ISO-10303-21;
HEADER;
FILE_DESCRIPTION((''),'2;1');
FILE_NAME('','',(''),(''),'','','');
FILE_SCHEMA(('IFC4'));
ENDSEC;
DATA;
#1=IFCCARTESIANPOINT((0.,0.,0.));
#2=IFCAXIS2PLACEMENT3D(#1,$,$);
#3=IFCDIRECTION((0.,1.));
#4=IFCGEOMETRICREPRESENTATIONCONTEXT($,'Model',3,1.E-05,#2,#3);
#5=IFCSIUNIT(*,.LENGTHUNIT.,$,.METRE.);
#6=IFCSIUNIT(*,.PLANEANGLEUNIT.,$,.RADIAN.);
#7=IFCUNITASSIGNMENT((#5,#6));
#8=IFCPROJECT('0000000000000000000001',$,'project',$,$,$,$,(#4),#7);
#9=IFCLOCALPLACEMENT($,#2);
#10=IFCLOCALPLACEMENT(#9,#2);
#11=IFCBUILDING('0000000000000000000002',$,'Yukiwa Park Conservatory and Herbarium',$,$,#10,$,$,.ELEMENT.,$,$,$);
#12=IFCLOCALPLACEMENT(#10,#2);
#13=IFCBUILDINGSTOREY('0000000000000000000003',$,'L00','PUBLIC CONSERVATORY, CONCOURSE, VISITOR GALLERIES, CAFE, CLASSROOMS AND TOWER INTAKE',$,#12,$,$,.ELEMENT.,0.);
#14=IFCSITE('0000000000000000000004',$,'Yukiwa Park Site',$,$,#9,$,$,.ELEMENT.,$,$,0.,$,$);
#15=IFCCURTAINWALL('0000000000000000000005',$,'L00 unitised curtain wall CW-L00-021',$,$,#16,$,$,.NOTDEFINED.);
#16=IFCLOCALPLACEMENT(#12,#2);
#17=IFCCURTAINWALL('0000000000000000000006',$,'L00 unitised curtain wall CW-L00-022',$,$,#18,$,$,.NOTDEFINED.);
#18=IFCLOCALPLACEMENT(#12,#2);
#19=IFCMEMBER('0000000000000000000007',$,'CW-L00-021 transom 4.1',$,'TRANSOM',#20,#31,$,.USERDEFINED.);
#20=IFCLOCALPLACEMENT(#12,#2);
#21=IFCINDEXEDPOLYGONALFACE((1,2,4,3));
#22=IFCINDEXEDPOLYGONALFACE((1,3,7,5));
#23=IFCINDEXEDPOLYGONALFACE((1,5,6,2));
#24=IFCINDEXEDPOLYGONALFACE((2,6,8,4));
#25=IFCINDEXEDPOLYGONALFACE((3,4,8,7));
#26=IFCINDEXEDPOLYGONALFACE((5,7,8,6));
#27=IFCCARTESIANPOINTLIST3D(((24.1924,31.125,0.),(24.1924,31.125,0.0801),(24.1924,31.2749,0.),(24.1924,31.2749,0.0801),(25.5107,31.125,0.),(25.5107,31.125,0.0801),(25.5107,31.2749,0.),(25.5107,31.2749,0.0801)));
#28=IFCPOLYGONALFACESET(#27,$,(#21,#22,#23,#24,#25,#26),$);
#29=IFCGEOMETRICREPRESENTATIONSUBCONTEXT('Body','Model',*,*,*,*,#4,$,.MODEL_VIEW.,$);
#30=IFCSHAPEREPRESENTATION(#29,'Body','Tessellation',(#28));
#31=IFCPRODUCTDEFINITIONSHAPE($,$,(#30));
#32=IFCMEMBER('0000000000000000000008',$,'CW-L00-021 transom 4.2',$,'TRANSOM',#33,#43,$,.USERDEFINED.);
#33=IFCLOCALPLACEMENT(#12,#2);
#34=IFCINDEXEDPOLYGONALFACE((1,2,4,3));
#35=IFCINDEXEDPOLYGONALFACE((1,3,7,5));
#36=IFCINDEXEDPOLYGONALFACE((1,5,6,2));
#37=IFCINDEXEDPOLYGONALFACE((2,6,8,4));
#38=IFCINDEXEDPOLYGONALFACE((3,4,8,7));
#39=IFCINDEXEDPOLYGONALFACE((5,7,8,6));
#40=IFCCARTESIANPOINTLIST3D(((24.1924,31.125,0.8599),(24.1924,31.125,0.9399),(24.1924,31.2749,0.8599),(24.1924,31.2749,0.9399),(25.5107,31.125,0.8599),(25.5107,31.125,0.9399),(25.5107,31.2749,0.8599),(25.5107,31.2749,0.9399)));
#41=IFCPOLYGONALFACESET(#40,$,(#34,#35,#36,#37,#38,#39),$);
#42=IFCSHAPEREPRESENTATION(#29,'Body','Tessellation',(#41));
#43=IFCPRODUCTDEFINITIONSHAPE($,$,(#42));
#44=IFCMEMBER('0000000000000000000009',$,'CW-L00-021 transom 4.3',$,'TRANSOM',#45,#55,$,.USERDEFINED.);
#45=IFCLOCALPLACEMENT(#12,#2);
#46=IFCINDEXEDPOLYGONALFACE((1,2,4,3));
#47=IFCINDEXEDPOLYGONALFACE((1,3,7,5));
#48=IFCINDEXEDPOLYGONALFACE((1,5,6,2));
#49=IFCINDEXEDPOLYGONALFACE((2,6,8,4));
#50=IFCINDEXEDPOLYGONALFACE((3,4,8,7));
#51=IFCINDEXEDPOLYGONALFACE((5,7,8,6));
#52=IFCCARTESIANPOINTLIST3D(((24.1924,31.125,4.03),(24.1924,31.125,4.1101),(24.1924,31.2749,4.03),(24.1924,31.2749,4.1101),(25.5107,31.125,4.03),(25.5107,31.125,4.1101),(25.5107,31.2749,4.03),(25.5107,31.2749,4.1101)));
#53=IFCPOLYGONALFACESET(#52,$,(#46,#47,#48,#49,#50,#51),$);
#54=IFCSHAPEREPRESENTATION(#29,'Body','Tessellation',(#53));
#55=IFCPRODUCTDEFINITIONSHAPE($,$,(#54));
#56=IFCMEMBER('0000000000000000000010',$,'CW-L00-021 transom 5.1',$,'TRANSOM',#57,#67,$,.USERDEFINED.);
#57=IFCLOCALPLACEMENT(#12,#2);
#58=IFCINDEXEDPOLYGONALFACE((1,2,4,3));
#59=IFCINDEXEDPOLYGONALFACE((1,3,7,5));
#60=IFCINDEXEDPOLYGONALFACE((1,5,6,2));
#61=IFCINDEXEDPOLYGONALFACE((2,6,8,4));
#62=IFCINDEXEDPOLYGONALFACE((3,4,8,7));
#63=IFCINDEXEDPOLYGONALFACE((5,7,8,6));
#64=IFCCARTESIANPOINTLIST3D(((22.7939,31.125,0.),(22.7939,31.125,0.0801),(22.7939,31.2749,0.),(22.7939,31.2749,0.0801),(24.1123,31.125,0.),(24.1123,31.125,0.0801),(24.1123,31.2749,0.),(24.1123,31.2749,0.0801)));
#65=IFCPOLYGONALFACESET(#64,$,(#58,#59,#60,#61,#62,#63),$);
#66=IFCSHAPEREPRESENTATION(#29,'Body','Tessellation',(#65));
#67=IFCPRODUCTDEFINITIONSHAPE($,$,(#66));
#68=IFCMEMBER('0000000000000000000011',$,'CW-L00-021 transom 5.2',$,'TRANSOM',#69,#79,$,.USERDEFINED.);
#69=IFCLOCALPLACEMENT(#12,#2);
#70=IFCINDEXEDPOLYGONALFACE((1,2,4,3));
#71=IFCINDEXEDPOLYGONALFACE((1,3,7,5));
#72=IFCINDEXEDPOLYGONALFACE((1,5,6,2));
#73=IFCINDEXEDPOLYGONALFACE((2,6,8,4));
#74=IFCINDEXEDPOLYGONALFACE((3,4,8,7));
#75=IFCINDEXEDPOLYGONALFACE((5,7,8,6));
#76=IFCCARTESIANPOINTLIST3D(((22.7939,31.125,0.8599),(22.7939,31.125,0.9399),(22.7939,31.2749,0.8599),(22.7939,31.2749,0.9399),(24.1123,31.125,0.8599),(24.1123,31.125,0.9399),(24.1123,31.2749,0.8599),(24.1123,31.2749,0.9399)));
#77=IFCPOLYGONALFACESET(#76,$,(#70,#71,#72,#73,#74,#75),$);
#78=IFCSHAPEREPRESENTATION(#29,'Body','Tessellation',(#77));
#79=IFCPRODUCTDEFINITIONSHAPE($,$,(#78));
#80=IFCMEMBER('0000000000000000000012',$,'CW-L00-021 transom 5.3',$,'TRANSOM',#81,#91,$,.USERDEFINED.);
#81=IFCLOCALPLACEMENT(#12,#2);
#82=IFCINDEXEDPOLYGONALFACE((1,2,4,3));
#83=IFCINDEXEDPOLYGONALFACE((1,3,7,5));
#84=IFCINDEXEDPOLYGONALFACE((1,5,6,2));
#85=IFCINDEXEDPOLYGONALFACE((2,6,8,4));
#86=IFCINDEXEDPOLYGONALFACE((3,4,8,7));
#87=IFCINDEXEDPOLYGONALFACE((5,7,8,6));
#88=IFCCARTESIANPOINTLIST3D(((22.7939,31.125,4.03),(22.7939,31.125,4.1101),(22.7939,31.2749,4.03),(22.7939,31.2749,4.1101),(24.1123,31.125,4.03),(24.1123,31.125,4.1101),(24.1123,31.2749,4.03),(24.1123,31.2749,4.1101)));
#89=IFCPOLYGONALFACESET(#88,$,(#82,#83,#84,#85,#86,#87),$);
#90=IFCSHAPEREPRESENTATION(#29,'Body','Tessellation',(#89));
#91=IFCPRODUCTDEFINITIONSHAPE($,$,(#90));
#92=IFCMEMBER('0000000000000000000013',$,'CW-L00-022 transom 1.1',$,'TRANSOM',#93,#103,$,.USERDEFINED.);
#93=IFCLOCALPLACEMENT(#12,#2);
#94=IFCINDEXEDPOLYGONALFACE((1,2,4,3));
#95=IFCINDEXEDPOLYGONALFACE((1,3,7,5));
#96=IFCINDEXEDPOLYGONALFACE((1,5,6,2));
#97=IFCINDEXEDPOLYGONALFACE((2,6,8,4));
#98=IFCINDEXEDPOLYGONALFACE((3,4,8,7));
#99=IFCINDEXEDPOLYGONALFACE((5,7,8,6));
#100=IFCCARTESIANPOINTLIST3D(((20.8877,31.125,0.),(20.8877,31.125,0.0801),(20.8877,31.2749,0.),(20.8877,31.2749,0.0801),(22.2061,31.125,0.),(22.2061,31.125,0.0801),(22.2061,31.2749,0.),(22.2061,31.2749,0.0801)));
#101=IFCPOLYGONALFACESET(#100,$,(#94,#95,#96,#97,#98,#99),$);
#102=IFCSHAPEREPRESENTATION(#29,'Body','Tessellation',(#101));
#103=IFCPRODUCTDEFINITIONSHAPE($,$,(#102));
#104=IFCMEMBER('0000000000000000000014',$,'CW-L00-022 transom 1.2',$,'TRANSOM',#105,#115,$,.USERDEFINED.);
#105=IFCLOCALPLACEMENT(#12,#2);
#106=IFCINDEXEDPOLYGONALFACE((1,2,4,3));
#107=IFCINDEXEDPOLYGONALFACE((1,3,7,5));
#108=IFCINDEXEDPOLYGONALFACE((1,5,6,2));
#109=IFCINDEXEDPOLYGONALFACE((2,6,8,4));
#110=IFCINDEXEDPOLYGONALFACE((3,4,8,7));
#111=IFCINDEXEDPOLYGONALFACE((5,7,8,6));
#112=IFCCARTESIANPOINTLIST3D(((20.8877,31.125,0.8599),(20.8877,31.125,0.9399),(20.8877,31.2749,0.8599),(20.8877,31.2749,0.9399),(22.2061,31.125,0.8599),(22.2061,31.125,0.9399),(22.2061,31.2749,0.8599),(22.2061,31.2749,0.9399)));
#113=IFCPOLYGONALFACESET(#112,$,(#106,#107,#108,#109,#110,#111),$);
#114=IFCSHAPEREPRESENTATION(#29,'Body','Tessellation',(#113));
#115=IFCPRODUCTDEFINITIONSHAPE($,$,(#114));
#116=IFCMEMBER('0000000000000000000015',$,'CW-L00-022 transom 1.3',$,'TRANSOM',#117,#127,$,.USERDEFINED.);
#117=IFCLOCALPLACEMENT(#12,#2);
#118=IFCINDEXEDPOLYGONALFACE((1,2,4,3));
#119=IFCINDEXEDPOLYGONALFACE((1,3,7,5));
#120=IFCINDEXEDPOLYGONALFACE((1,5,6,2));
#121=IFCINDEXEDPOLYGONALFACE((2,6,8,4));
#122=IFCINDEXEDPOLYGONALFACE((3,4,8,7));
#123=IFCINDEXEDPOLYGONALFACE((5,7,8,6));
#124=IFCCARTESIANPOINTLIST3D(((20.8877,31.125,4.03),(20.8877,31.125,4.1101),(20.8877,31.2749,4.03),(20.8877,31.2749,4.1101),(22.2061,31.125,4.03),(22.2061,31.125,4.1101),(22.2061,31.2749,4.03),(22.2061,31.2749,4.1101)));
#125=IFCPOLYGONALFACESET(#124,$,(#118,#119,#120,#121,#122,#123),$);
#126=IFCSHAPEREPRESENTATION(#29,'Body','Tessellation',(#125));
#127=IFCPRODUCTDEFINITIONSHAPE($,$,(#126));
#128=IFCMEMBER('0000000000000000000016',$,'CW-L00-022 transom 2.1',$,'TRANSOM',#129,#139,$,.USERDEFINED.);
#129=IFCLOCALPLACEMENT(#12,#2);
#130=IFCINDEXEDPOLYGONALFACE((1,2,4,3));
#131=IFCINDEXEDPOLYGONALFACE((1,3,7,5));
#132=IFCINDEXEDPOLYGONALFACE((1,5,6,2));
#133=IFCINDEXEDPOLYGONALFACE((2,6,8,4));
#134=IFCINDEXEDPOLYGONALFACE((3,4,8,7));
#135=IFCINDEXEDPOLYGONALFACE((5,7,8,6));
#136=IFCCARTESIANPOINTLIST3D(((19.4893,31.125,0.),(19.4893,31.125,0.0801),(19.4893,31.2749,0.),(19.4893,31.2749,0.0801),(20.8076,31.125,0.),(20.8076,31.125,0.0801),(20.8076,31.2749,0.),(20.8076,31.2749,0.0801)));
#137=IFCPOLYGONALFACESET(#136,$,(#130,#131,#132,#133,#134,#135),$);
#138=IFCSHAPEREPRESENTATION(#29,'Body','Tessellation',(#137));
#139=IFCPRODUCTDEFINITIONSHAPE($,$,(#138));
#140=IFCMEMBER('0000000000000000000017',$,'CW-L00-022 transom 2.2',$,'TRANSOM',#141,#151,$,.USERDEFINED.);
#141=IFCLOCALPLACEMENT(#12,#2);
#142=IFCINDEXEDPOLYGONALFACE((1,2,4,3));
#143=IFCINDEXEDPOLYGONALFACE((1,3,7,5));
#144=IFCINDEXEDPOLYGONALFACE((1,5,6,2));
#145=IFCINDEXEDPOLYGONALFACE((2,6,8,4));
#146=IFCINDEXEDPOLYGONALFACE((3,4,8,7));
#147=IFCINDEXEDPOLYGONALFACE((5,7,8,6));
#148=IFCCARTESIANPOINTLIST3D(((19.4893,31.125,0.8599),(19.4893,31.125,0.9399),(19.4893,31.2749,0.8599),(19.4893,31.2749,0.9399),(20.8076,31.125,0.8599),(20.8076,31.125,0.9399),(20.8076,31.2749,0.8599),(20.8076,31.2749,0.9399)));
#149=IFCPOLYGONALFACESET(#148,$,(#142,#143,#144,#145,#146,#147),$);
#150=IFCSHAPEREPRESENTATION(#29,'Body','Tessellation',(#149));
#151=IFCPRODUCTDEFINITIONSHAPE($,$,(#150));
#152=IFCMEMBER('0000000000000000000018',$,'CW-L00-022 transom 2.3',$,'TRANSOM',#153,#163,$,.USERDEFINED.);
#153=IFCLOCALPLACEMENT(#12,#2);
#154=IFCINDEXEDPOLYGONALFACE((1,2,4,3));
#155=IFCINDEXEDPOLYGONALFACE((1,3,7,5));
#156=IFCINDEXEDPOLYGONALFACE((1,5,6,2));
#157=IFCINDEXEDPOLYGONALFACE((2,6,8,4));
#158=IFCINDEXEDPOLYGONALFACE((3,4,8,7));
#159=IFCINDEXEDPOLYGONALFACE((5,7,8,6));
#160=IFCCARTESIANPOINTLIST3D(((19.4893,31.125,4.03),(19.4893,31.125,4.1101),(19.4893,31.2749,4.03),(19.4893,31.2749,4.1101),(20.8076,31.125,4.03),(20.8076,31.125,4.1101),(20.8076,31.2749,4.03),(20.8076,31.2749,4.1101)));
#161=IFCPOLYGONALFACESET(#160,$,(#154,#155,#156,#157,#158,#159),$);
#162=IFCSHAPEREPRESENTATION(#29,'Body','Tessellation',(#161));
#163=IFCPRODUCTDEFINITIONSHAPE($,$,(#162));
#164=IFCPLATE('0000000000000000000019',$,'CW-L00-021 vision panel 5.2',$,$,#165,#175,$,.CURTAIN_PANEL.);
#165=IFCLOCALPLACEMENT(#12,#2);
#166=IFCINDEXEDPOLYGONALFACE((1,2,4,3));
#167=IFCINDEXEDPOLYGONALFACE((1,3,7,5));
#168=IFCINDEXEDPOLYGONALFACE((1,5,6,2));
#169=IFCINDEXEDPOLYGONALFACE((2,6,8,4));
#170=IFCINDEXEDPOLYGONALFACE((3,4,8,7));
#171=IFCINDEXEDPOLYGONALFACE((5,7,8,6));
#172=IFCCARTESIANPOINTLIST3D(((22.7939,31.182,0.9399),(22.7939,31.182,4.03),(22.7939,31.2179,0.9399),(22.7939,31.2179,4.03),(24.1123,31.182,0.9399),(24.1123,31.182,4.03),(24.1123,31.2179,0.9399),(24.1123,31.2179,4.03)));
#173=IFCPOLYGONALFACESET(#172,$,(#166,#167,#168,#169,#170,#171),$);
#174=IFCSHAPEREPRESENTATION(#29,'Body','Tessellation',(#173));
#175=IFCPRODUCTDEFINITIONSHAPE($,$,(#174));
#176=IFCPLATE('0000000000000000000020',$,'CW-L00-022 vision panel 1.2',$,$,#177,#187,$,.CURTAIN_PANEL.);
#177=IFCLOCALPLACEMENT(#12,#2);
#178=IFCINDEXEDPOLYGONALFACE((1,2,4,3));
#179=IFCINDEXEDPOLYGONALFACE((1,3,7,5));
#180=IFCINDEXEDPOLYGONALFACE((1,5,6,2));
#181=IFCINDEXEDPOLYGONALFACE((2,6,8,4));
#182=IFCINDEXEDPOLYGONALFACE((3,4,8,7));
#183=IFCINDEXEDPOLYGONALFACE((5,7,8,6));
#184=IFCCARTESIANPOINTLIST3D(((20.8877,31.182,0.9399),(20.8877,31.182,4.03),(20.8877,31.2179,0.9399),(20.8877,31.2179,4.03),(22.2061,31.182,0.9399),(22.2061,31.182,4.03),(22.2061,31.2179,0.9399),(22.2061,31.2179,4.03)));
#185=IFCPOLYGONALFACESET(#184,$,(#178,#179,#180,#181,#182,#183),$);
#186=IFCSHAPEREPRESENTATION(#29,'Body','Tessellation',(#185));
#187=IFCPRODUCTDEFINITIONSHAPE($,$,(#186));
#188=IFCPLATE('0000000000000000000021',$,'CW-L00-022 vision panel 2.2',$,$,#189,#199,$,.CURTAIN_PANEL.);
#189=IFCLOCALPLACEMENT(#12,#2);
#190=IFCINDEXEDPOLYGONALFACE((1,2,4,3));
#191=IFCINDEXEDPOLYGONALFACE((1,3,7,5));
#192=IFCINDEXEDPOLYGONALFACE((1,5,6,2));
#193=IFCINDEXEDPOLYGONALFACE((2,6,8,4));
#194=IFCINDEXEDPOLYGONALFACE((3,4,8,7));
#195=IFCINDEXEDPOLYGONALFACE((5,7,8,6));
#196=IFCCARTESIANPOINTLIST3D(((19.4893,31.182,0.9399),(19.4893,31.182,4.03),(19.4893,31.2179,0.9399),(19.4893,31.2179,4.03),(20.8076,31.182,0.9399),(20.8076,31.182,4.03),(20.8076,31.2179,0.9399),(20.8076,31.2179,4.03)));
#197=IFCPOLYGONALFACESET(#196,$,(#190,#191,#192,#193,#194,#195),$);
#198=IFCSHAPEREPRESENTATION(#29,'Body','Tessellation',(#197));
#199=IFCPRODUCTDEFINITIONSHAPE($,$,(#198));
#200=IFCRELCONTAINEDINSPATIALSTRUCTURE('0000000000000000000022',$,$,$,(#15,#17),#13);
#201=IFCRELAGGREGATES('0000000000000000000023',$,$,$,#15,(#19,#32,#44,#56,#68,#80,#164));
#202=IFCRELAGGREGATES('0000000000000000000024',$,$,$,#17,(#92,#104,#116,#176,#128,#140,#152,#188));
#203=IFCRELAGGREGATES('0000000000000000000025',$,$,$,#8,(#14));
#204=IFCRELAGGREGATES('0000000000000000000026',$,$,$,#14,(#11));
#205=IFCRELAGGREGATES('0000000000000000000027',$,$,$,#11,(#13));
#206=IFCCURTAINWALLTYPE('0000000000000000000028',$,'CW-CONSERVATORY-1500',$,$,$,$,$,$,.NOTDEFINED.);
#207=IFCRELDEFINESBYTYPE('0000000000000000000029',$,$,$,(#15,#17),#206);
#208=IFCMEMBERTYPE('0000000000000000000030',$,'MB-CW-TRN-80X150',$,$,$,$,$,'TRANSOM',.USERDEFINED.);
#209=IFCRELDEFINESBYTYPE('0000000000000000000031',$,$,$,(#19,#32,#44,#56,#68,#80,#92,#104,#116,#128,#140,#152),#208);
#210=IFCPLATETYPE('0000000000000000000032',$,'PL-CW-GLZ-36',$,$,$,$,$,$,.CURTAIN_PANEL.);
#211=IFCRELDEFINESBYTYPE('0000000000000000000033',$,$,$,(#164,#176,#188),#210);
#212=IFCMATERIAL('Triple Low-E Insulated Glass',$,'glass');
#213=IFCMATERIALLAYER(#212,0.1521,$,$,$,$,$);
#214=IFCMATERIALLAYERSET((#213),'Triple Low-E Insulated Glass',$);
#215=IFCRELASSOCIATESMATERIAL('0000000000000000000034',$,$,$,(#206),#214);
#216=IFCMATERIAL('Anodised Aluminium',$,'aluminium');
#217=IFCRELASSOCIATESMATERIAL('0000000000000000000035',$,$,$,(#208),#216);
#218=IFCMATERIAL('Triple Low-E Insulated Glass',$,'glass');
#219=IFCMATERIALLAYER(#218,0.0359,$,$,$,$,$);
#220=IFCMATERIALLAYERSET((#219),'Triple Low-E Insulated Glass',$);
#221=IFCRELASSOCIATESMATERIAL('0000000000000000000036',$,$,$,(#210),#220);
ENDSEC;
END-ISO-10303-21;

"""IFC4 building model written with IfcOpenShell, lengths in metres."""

from ifc_helpers import new_model, si_unit, direction, frame, origin, origin_2d, place, context, subcontext, project, spatial, rectangle, extrude, material, layer, layer_set, type_object, element, aggregate, save


model = new_model("IFC4")

# Units and contexts
model_context = context("Model", 3, precision=1e-05, world=origin(), true_north=direction((0.0, 1.0)))
body_context = subcontext(model_context, "Body", "Model", "MODEL_VIEW")
ifc_project = project(units=[si_unit("LENGTHUNIT", "METRE"), si_unit("PLANEANGLEUNIT", "RADIAN")], contexts=[model_context])

# Site, building, storey
site_placement = place(None, origin())
site = spatial("IfcSite", under=ifc_project, at=site_placement, Name="Yukiwa Park Site", CompositionType="ELEMENT", RefElevation=0.0)
building_placement = place(site_placement, origin())
building = spatial("IfcBuilding", under=site, at=building_placement, Name="Yukiwa Park Conservatory and Herbarium", CompositionType="ELEMENT")
storey_placement = place(building_placement, origin())
storey = spatial("IfcBuildingStorey", under=building, at=storey_placement, Name="L00", Description="PUBLIC CONSERVATORY, CONCOURSE, VISITOR GALLERIES, CAFE, CLASSROOMS AND TOWER INTAKE", CompositionType="ELEMENT", Elevation=0.0)

# Curtain walls
ifc_material_1 = material(Name="Triple Low-E Insulated Glass", Category="glass")
ifc_layer_1 = layer(ifc_material_1, 0.1521)
ifc_layer_set_1 = layer_set([ifc_layer_1], Name="Triple Low-E Insulated Glass")
curtain_wall_type = type_object("IfcCurtainWallType", Name="CW-CONSERVATORY-1500", PredefinedType="NOTDEFINED", material=ifc_layer_set_1)
curtain_wall_1_placement = place(storey_placement, origin())
curtain_wall_1 = element("IfcCurtainWall", 1, at=curtain_wall_1_placement, inside=storey, type_object=curtain_wall_type, Name="L00 unitised curtain wall CW-L00-021", PredefinedType="NOTDEFINED")
curtain_wall_2_placement = place(storey_placement, origin())
curtain_wall_2 = element("IfcCurtainWall", 2, at=curtain_wall_2_placement, inside=storey, type_object=curtain_wall_type, Name="L00 unitised curtain wall CW-L00-022", PredefinedType="NOTDEFINED")

# Members
ifc_material_2 = material(Name="Anodised Aluminium", Category="aluminium")
member_type_1 = type_object("IfcMemberType", Name="MB-CW-TRN-80X150", ElementType="TRANSOM", PredefinedType="USERDEFINED", material=ifc_material_2)
member_1_placement = place(storey_placement, frame((24.8516, 31.2, 0.0), z_axis=(0.0, 0.0, 1.0), x_axis=(-1.0, 0.0, 0.0)))
member_1 = element("IfcMember", 3, at=member_1_placement, type_object=member_type_1, Name="CW-L00-021 transom 4.1", ObjectType="TRANSOM", PredefinedType="USERDEFINED", context=body_context, shape_type="SweptSolid", body=[
    extrude(rectangle(XDim=1.3184, YDim=0.1499, at=origin_2d()), origin(), (0.0, 0.0, 1.0), 0.0801),
])
member_2_placement = place(storey_placement, frame((24.8516, 31.2, 0.8599), z_axis=(0.0, 0.0, 1.0), x_axis=(-1.0, 0.0, 0.0)))
member_2 = element("IfcMember", 4, at=member_2_placement, type_object=member_type_1, Name="CW-L00-021 transom 4.2", ObjectType="TRANSOM", PredefinedType="USERDEFINED", context=body_context, shape_type="SweptSolid", body=[
    extrude(rectangle(XDim=1.3184, YDim=0.1499, at=origin_2d()), origin(), (0.0, 0.0, 1.0), 0.0801),
])
member_3_placement = place(storey_placement, frame((24.8516, 31.2, 4.03), z_axis=(0.0, 0.0, 1.0), x_axis=(-1.0, 0.0, 0.0)))
member_3 = element("IfcMember", 5, at=member_3_placement, type_object=member_type_1, Name="CW-L00-021 transom 4.3", ObjectType="TRANSOM", PredefinedType="USERDEFINED", context=body_context, shape_type="SweptSolid", body=[
    extrude(rectangle(XDim=1.3184, YDim=0.1499, at=origin_2d()), origin(), (0.0, 0.0, 1.0), 0.0801),
])
member_4_placement = place(storey_placement, frame((23.4531, 31.2, 0.0), z_axis=(0.0, 0.0, 1.0), x_axis=(-1.0, 0.0, 0.0)))
member_4 = element("IfcMember", 6, at=member_4_placement, type_object=member_type_1, Name="CW-L00-021 transom 5.1", ObjectType="TRANSOM", PredefinedType="USERDEFINED", context=body_context, shape_type="SweptSolid", body=[
    extrude(rectangle(XDim=1.3184, YDim=0.1499, at=origin_2d()), origin(), (0.0, 0.0, 1.0), 0.0801),
])
member_5_placement = place(storey_placement, frame((23.4531, 31.2, 0.8599), z_axis=(0.0, 0.0, 1.0), x_axis=(-1.0, 0.0, 0.0)))
member_5 = element("IfcMember", 7, at=member_5_placement, type_object=member_type_1, Name="CW-L00-021 transom 5.2", ObjectType="TRANSOM", PredefinedType="USERDEFINED", context=body_context, shape_type="SweptSolid", body=[
    extrude(rectangle(XDim=1.3184, YDim=0.1499, at=origin_2d()), origin(), (0.0, 0.0, 1.0), 0.0801),
])
member_6_placement = place(storey_placement, frame((23.4531, 31.2, 4.03), z_axis=(0.0, 0.0, 1.0), x_axis=(-1.0, 0.0, 0.0)))
member_6 = element("IfcMember", 8, at=member_6_placement, type_object=member_type_1, Name="CW-L00-021 transom 5.3", ObjectType="TRANSOM", PredefinedType="USERDEFINED", context=body_context, shape_type="SweptSolid", body=[
    extrude(rectangle(XDim=1.3184, YDim=0.1499, at=origin_2d()), origin(), (0.0, 0.0, 1.0), 0.0801),
])
member_7_placement = place(storey_placement, frame((21.5469, 31.2, 0.0), z_axis=(0.0, 0.0, 1.0), x_axis=(-1.0, 0.0, 0.0)))
member_7 = element("IfcMember", 9, at=member_7_placement, type_object=member_type_1, Name="CW-L00-022 transom 1.1", ObjectType="TRANSOM", PredefinedType="USERDEFINED", context=body_context, shape_type="SweptSolid", body=[
    extrude(rectangle(XDim=1.3184, YDim=0.1499, at=origin_2d()), origin(), (0.0, 0.0, 1.0), 0.0801),
])
member_8_placement = place(storey_placement, frame((21.5469, 31.2, 0.8599), z_axis=(0.0, 0.0, 1.0), x_axis=(-1.0, 0.0, 0.0)))
member_8 = element("IfcMember", 10, at=member_8_placement, type_object=member_type_1, Name="CW-L00-022 transom 1.2", ObjectType="TRANSOM", PredefinedType="USERDEFINED", context=body_context, shape_type="SweptSolid", body=[
    extrude(rectangle(XDim=1.3184, YDim=0.1499, at=origin_2d()), origin(), (0.0, 0.0, 1.0), 0.0801),
])
member_9_placement = place(storey_placement, frame((21.5469, 31.2, 4.03), z_axis=(0.0, 0.0, 1.0), x_axis=(-1.0, 0.0, 0.0)))
member_9 = element("IfcMember", 11, at=member_9_placement, type_object=member_type_1, Name="CW-L00-022 transom 1.3", ObjectType="TRANSOM", PredefinedType="USERDEFINED", context=body_context, shape_type="SweptSolid", body=[
    extrude(rectangle(XDim=1.3184, YDim=0.1499, at=origin_2d()), origin(), (0.0, 0.0, 1.0), 0.0801),
])
member_10_placement = place(storey_placement, frame((20.1484, 31.2, 0.0), z_axis=(0.0, 0.0, 1.0), x_axis=(-1.0, 0.0, 0.0)))
member_10 = element("IfcMember", 12, at=member_10_placement, type_object=member_type_1, Name="CW-L00-022 transom 2.1", ObjectType="TRANSOM", PredefinedType="USERDEFINED", context=body_context, shape_type="SweptSolid", body=[
    extrude(rectangle(XDim=1.3184, YDim=0.1499, at=origin_2d()), origin(), (0.0, 0.0, 1.0), 0.0801),
])
member_11_placement = place(storey_placement, frame((20.1484, 31.2, 0.8599), z_axis=(0.0, 0.0, 1.0), x_axis=(-1.0, 0.0, 0.0)))
member_11 = element("IfcMember", 13, at=member_11_placement, type_object=member_type_1, Name="CW-L00-022 transom 2.2", ObjectType="TRANSOM", PredefinedType="USERDEFINED", context=body_context, shape_type="SweptSolid", body=[
    extrude(rectangle(XDim=1.3184, YDim=0.1499, at=origin_2d()), origin(), (0.0, 0.0, 1.0), 0.0801),
])
member_12_placement = place(storey_placement, frame((20.1484, 31.2, 4.03), z_axis=(0.0, 0.0, 1.0), x_axis=(-1.0, 0.0, 0.0)))
member_12 = element("IfcMember", 14, at=member_12_placement, type_object=member_type_1, Name="CW-L00-022 transom 2.3", ObjectType="TRANSOM", PredefinedType="USERDEFINED", context=body_context, shape_type="SweptSolid", body=[
    extrude(rectangle(XDim=1.3184, YDim=0.1499, at=origin_2d()), origin(), (0.0, 0.0, 1.0), 0.0801),
])

# Plates
ifc_material_3 = material(Name="Triple Low-E Insulated Glass", Category="glass")
ifc_layer_2 = layer(ifc_material_3, 0.0359)
ifc_layer_set_2 = layer_set([ifc_layer_2], Name="Triple Low-E Insulated Glass")
plate_type_1 = type_object("IfcPlateType", Name="PL-CW-GLZ-36", PredefinedType="CURTAIN_PANEL", material=ifc_layer_set_2)
plate_1_placement = place(storey_placement, frame((23.4531, 31.2, 0.9399), z_axis=(0.0, 0.0, 1.0), x_axis=(-1.0, 0.0, 0.0)))
plate_1 = element("IfcPlate", 15, at=plate_1_placement, type_object=plate_type_1, Name="CW-L00-021 vision panel 5.2", PredefinedType="CURTAIN_PANEL", context=body_context, shape_type="SweptSolid", body=[
    extrude(rectangle(XDim=1.3184, YDim=0.0359, at=origin_2d()), origin(), (0.0, 0.0, 1.0), 3.0901),
])
plate_2_placement = place(storey_placement, frame((21.5469, 31.2, 0.9399), z_axis=(0.0, 0.0, 1.0), x_axis=(-1.0, 0.0, 0.0)))
plate_2 = element("IfcPlate", 16, at=plate_2_placement, type_object=plate_type_1, Name="CW-L00-022 vision panel 1.2", PredefinedType="CURTAIN_PANEL", context=body_context, shape_type="SweptSolid", body=[
    extrude(rectangle(XDim=1.3184, YDim=0.0359, at=origin_2d()), origin(), (0.0, 0.0, 1.0), 3.0901),
])
plate_3_placement = place(storey_placement, frame((20.1484, 31.2, 0.9399), z_axis=(0.0, 0.0, 1.0), x_axis=(-1.0, 0.0, 0.0)))
plate_3 = element("IfcPlate", 17, at=plate_3_placement, type_object=plate_type_1, Name="CW-L00-022 vision panel 2.2", PredefinedType="CURTAIN_PANEL", context=body_context, shape_type="SweptSolid", body=[
    extrude(rectangle(XDim=1.3184, YDim=0.0359, at=origin_2d()), origin(), (0.0, 0.0, 1.0), 3.0901),
])
aggregate(curtain_wall_1, [member_1, member_2, member_3, member_4, member_5, member_6, plate_1])
aggregate(curtain_wall_2, [member_7, member_8, member_9, plate_2, member_10, member_11, member_12, plate_3])

save(model, "model.ifc")
